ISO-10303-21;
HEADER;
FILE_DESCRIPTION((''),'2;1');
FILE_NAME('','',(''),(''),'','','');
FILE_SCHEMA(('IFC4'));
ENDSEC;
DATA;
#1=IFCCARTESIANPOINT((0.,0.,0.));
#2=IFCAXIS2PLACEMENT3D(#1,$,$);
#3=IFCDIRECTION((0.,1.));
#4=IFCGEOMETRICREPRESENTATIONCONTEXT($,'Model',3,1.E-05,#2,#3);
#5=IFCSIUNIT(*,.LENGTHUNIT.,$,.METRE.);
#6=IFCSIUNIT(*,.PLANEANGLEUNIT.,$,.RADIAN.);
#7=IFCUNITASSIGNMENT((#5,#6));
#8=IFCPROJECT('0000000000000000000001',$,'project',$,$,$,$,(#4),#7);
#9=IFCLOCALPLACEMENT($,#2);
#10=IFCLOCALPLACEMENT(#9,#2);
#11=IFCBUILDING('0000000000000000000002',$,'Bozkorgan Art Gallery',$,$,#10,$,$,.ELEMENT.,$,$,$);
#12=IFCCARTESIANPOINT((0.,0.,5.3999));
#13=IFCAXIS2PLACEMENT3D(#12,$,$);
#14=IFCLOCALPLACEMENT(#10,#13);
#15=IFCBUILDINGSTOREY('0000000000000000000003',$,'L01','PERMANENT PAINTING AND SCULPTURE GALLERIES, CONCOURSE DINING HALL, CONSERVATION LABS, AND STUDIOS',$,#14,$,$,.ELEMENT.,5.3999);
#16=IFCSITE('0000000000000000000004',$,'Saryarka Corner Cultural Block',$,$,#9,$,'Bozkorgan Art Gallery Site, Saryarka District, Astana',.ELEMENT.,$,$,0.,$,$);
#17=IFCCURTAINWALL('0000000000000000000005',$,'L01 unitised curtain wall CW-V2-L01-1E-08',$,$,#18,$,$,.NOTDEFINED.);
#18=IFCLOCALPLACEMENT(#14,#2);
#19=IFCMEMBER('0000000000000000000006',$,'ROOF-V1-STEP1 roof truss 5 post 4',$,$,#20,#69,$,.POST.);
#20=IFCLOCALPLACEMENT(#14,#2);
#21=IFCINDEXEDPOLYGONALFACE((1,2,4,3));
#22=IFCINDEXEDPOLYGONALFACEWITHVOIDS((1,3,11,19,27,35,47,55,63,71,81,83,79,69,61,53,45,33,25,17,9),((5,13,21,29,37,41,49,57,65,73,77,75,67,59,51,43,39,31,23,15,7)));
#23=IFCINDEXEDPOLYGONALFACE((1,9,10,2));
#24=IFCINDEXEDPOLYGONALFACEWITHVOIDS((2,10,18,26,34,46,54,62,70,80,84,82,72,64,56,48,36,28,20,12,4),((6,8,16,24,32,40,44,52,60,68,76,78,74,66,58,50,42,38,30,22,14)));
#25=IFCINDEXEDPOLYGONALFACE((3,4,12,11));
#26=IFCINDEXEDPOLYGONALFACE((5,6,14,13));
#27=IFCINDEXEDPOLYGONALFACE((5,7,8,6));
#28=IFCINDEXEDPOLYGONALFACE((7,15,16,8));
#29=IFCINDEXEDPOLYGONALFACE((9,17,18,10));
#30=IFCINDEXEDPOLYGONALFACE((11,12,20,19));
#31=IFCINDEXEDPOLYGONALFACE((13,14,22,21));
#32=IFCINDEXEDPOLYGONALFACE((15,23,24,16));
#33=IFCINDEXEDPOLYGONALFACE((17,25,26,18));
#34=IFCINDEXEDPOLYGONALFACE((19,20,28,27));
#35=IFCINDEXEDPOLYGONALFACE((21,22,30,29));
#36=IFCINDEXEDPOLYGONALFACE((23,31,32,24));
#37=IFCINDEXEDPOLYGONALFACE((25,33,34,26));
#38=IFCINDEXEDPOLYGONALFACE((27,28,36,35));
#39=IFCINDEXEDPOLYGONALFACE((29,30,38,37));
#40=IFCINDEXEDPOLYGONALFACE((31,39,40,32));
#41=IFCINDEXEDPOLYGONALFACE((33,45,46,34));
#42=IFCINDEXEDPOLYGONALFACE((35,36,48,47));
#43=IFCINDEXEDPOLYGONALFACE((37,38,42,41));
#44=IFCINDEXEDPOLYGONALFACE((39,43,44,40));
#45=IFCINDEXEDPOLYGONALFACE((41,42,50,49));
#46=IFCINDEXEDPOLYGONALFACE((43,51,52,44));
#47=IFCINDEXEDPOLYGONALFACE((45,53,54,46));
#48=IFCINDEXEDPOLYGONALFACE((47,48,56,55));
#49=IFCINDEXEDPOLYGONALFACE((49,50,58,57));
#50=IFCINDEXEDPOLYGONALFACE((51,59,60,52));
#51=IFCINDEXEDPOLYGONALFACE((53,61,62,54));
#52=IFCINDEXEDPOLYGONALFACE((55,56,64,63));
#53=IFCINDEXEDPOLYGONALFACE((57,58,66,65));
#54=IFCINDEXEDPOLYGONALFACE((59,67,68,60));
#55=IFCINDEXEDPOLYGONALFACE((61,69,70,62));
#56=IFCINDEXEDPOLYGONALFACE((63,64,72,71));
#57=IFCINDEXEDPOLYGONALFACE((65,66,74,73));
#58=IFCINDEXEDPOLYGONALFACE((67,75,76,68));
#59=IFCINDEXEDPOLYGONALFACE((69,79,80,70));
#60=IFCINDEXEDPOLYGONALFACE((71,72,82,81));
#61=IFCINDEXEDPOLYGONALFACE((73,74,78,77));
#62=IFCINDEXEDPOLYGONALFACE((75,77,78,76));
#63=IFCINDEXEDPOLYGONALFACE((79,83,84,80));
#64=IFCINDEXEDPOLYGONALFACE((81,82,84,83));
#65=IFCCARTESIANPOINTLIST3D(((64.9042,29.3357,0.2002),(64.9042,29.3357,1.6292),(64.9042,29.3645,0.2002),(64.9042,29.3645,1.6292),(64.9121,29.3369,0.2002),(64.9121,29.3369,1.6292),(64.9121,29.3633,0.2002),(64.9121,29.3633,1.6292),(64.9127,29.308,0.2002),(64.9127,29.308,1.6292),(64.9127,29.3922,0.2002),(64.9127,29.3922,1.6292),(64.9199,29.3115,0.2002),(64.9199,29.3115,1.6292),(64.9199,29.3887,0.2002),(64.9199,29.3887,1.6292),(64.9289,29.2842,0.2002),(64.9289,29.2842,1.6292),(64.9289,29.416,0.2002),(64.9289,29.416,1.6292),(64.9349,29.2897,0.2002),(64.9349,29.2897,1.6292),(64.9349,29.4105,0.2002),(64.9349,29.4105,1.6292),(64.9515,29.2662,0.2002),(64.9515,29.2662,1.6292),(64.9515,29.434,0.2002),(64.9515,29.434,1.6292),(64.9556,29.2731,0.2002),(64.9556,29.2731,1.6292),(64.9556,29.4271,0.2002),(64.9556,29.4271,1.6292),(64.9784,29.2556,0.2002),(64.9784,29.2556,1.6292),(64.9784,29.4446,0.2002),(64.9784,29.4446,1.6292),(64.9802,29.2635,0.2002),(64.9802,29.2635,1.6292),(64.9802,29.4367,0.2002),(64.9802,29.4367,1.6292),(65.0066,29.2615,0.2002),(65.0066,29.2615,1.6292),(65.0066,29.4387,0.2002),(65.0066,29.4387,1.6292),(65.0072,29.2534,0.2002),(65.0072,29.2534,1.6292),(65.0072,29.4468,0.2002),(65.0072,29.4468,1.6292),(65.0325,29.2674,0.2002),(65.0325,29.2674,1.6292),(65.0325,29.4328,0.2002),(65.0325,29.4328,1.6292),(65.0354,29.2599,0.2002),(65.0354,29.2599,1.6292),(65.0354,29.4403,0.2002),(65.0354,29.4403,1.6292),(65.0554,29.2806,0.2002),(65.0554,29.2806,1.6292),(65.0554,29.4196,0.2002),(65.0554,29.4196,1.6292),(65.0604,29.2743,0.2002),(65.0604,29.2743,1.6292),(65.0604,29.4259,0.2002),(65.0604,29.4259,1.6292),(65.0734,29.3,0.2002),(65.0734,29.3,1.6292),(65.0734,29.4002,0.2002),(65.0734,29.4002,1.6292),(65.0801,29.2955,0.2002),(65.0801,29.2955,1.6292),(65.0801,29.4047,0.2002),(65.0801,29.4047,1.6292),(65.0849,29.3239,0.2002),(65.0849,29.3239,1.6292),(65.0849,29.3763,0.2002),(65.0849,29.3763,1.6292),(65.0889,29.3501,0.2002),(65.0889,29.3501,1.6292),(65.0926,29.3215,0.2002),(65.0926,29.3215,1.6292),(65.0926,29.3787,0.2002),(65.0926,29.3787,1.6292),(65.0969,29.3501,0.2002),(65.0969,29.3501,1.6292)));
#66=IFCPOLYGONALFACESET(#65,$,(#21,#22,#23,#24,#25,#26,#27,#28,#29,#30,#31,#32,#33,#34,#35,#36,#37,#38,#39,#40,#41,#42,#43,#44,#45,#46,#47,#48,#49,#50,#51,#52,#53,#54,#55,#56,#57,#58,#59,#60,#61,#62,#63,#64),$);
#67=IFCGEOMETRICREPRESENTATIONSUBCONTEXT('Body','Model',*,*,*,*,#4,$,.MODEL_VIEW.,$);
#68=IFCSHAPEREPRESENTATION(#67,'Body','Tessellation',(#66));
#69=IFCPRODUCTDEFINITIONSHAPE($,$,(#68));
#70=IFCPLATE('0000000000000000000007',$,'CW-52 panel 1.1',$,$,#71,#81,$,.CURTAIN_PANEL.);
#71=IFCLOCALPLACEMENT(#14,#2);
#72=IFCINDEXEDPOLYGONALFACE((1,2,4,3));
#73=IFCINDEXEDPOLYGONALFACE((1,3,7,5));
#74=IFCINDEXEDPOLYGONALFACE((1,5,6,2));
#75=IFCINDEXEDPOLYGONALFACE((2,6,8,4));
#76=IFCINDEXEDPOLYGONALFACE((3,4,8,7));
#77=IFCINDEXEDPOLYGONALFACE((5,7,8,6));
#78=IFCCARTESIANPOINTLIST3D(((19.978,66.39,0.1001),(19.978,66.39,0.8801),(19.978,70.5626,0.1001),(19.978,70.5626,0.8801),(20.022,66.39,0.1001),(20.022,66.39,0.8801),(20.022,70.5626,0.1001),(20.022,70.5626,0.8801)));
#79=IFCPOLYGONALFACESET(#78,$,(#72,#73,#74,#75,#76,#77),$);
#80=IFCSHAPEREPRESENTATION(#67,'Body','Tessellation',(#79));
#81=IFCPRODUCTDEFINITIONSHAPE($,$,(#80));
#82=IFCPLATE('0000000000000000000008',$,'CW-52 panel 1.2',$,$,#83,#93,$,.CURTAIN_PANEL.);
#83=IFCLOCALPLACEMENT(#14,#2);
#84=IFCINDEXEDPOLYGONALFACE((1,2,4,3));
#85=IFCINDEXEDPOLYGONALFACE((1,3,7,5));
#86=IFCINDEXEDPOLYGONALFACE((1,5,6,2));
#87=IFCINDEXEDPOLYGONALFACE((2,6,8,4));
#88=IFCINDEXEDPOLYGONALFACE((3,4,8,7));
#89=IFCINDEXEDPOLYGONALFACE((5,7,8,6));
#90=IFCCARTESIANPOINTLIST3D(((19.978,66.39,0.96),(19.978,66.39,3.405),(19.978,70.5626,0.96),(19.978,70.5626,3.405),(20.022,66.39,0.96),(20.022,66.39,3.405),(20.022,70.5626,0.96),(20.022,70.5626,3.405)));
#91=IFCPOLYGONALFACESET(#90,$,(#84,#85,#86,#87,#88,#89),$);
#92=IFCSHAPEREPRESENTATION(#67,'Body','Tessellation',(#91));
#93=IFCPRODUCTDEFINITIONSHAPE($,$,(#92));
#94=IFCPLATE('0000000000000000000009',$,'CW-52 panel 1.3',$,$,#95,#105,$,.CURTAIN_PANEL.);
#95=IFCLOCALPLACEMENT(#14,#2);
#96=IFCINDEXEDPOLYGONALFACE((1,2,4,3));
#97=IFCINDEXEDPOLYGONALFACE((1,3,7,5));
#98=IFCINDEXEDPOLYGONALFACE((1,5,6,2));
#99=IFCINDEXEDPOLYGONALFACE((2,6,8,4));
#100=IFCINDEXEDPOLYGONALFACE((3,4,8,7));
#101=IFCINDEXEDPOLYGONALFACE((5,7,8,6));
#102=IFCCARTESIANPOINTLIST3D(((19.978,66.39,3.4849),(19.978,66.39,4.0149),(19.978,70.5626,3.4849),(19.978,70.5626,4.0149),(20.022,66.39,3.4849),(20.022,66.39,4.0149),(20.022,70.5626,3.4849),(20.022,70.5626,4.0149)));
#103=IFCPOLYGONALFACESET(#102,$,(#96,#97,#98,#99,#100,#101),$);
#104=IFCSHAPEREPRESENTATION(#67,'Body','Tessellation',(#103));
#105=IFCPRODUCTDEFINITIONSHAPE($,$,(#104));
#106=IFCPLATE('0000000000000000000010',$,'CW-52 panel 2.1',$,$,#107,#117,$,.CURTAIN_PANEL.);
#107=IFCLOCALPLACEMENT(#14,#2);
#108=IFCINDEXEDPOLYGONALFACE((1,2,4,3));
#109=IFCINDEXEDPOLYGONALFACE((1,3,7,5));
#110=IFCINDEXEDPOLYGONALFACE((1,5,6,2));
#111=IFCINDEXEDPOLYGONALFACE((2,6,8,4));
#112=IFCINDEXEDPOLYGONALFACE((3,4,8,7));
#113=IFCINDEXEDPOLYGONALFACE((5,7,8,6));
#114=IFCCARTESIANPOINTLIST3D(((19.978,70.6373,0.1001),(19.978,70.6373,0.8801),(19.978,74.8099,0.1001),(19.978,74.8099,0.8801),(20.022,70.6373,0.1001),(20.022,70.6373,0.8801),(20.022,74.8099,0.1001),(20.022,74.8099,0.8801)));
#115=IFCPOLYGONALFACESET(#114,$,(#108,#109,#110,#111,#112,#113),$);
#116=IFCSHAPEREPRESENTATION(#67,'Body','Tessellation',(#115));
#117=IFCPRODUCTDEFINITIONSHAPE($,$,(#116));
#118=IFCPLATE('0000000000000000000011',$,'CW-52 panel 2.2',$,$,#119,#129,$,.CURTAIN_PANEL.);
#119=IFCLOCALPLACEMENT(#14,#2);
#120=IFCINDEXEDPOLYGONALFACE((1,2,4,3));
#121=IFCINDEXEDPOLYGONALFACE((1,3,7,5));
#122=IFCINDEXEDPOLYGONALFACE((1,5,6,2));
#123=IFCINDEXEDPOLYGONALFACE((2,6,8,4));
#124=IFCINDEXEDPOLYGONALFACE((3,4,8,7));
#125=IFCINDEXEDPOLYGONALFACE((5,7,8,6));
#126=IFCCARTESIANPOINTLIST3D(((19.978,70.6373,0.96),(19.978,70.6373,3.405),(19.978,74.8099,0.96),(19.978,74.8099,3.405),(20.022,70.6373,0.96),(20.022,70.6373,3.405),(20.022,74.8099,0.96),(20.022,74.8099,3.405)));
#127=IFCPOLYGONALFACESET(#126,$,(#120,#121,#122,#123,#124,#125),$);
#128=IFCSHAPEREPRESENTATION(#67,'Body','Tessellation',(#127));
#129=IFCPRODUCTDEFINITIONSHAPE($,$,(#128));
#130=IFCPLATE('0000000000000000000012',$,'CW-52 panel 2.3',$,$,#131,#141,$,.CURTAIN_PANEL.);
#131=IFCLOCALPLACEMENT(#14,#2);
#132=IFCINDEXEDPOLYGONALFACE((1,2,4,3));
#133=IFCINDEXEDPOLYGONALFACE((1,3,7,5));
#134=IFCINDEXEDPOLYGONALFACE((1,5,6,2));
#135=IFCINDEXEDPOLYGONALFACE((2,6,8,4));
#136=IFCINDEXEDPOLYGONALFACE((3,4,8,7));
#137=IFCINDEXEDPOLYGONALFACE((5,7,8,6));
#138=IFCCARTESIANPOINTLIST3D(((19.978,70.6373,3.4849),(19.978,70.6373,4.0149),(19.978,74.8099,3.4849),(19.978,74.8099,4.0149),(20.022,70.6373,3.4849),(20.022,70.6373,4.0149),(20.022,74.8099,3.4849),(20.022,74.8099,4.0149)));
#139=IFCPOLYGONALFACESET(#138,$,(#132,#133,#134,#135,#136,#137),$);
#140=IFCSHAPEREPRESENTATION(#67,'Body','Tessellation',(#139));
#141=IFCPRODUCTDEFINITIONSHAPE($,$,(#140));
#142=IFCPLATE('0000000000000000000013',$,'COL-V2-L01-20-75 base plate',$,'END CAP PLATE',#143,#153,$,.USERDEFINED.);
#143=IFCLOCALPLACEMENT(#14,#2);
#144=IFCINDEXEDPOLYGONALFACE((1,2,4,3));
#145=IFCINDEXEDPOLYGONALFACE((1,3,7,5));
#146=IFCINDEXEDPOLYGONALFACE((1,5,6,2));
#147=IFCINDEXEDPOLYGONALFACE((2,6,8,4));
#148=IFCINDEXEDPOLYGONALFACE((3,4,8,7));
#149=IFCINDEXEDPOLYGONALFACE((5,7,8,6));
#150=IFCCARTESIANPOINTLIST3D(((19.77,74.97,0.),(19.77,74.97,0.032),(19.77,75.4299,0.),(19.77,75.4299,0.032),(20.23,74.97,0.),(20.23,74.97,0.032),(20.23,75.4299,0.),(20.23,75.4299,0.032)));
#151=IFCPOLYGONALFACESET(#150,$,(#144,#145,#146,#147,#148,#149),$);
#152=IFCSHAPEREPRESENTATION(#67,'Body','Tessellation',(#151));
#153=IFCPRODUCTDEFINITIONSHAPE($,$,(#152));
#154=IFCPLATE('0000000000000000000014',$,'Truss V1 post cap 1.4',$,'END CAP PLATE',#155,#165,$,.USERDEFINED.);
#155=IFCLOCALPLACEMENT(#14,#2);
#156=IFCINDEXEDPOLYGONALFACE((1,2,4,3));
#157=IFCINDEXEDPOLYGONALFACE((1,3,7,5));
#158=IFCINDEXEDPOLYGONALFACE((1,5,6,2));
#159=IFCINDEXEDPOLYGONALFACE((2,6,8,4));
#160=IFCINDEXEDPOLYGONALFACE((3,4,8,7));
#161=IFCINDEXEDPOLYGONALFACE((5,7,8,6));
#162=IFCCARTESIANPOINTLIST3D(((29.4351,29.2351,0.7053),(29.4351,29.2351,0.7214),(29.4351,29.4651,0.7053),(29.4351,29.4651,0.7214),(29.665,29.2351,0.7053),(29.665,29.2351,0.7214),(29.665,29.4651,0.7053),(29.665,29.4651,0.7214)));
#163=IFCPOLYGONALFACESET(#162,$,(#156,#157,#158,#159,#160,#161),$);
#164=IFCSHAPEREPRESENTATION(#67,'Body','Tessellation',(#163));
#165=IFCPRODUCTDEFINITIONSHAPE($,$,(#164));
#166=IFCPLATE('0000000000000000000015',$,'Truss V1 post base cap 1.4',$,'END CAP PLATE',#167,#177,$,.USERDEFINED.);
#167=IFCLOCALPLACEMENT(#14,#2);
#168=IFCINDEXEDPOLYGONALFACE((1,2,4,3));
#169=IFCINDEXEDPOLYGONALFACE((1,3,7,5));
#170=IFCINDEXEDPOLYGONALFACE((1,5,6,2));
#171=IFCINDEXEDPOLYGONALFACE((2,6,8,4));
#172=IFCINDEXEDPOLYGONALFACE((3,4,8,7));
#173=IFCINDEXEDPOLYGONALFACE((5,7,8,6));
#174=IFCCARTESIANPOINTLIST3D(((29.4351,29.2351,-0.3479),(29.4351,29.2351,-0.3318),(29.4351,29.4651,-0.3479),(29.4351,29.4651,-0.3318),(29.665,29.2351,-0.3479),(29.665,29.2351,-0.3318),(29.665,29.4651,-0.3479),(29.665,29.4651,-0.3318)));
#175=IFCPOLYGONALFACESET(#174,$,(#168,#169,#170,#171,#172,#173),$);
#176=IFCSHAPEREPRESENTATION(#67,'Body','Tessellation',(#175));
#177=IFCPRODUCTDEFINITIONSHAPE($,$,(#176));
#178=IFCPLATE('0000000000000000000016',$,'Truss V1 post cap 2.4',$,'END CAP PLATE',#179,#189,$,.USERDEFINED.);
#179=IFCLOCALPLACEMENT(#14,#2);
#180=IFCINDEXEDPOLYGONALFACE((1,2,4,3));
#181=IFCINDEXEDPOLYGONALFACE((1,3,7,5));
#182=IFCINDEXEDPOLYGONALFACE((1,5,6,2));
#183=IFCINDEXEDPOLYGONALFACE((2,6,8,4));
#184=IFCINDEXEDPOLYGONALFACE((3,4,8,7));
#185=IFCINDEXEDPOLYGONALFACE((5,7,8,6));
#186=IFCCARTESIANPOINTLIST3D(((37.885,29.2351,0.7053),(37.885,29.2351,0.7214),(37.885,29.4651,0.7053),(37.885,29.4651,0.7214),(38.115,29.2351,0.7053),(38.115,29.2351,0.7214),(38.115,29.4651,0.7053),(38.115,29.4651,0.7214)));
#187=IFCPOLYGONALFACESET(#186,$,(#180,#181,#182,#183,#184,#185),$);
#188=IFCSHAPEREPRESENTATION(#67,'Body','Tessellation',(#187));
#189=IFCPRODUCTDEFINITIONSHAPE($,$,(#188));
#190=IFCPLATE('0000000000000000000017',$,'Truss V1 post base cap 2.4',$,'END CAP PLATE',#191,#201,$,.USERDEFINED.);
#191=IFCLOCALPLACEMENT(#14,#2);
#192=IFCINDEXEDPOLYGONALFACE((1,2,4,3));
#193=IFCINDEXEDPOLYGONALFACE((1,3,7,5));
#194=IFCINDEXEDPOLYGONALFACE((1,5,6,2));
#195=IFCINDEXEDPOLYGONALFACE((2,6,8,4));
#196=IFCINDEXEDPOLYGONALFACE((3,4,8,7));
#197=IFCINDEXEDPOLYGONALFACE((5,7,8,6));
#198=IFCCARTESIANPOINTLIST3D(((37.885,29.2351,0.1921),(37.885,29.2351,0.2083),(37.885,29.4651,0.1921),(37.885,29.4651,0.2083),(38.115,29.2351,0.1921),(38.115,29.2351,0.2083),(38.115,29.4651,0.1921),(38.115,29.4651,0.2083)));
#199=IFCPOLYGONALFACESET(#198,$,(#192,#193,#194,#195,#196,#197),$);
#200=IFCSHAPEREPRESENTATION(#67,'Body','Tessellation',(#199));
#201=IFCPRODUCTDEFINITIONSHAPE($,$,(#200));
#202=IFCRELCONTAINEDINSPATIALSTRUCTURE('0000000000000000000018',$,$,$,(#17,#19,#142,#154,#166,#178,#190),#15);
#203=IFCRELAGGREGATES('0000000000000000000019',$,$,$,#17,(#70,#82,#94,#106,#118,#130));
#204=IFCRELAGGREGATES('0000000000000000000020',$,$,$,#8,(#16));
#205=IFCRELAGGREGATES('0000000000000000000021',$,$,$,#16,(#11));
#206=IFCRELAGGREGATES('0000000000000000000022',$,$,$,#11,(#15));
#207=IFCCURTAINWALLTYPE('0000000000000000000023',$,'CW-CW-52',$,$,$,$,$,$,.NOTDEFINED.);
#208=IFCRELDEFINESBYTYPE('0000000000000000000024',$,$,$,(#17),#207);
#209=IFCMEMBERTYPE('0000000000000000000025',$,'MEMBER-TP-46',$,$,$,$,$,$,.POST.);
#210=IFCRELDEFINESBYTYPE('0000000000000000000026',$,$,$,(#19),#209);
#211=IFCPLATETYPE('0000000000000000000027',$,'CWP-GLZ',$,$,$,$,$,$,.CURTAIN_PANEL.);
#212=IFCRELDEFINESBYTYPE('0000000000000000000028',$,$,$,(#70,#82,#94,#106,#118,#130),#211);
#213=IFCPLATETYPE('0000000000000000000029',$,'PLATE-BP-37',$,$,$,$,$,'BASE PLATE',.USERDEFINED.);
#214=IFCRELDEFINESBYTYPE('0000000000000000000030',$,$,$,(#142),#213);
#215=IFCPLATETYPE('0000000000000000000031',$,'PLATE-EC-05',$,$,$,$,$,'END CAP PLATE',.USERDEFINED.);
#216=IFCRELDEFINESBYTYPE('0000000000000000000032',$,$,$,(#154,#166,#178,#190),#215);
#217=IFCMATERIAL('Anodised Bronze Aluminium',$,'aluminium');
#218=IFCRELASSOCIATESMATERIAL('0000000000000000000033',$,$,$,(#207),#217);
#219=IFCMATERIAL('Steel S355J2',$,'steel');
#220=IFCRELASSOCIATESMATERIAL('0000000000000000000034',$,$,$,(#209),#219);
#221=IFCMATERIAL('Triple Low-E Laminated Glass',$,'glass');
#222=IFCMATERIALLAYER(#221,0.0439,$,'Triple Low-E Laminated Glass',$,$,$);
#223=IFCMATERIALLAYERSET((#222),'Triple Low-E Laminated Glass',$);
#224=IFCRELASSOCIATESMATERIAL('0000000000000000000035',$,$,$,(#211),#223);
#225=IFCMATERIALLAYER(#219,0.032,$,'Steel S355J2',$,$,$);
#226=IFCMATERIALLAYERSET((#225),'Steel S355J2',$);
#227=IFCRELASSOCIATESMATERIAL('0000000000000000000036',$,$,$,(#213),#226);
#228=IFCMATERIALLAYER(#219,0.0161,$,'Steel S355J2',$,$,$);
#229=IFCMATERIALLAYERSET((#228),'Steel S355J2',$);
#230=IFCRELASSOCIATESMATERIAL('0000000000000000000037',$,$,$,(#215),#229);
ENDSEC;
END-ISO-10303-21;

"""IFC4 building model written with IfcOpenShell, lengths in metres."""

from ifc_helpers import new_model, si_unit, direction, frame, origin, origin_2d, place, context, subcontext, project, spatial, rectangle, hollow_circle, extrude, material, layer, layer_set, material_profile, profile_set, type_object, element, aggregate, save


model = new_model("IFC4")

# Units and contexts
model_context = context("Model", 3, precision=1e-05, world=origin(), true_north=direction((0.0, 1.0)))
body_context = subcontext(model_context, "Body", "Model", "MODEL_VIEW")
ifc_project = project(units=[si_unit("LENGTHUNIT", "METRE"), si_unit("PLANEANGLEUNIT", "RADIAN")], contexts=[model_context])

# Site, building, storey
site_placement = place(None, origin())
site = spatial("IfcSite", under=ifc_project, at=site_placement, Name="Saryarka Corner Cultural Block", LongName="Bozkorgan Art Gallery Site, Saryarka District, Astana", CompositionType="ELEMENT", RefElevation=0.0)
building_placement = place(site_placement, origin())
building = spatial("IfcBuilding", under=site, at=building_placement, Name="Bozkorgan Art Gallery", CompositionType="ELEMENT")
storey_placement = place(building_placement, frame((0.0, 0.0, 5.3999)))
storey = spatial("IfcBuildingStorey", under=building, at=storey_placement, Name="L01", Description="PERMANENT PAINTING AND SCULPTURE GALLERIES, CONCOURSE DINING HALL, CONSERVATION LABS, AND STUDIOS", CompositionType="ELEMENT", Elevation=5.3999)

# Shared definitions
ifc_material_1 = material(Name="Steel S355J2", Category="steel")

# Curtain wall
ifc_material_2 = material(Name="Anodised Bronze Aluminium", Category="aluminium")
curtain_wall_type = type_object("IfcCurtainWallType", Name="CW-CW-52", PredefinedType="NOTDEFINED", material=ifc_material_2)
curtain_wall_placement = place(storey_placement, origin())
curtain_wall = element("IfcCurtainWall", 1, at=curtain_wall_placement, inside=storey, type_object=curtain_wall_type, Name="L01 unitised curtain wall CW-V2-L01-1E-08", PredefinedType="NOTDEFINED")

# Member
ifc_material_profile_1 = material_profile(ifc_material_1, hollow_circle(Radius=0.0969, WallThickness=0.0081, at=origin_2d()), Name="CHS 193.7x8")
ifc_profile_set_1 = profile_set([ifc_material_profile_1], Name="Steel S355J2")
member_type_1 = type_object("IfcMemberType", Name="MEMBER-TP-46", PredefinedType="POST", material=ifc_profile_set_1)
member_1_placement = place(storey_placement, frame((65.0, 29.3501, 0.2002), z_axis=(0.0, 0.0, 1.0), x_axis=(1.0, 0.0, 0.0)))
element("IfcMember", 2, at=member_1_placement, inside=storey, type_object=member_type_1, Name="ROOF-V1-STEP1 roof truss 5 post 4", PredefinedType="POST", context=body_context, shape_type="SweptSolid", body=[
    extrude(hollow_circle(Radius=0.0969, WallThickness=0.0081, at=origin_2d()), origin(), (0.0, 0.0, 1.0), 1.429),
])

# Plates
ifc_material_3 = material(Name="Triple Low-E Laminated Glass", Category="glass")
ifc_layer_1 = layer(ifc_material_3, 0.0439, Name="Triple Low-E Laminated Glass")
ifc_layer_set_1 = layer_set([ifc_layer_1], Name="Triple Low-E Laminated Glass")
plate_type_1 = type_object("IfcPlateType", Name="CWP-GLZ", PredefinedType="CURTAIN_PANEL", material=ifc_layer_set_1)
plate_1_placement = place(storey_placement, frame((20.0, 68.4763, 0.1001), z_axis=(0.0, 0.0, 1.0), x_axis=(0.0, 1.0, 0.0)))
plate_1 = element("IfcPlate", 3, at=plate_1_placement, type_object=plate_type_1, Name="CW-52 panel 1.1", PredefinedType="CURTAIN_PANEL", context=body_context, shape_type="SweptSolid", body=[
    extrude(rectangle(XDim=4.1726, YDim=0.0439, at=origin_2d()), origin(), (0.0, 0.0, 1.0), 0.78),
])
plate_2_placement = place(storey_placement, frame((20.0, 68.4763, 0.96), z_axis=(0.0, 0.0, 1.0), x_axis=(0.0, 1.0, 0.0)))
plate_2 = element("IfcPlate", 4, at=plate_2_placement, type_object=plate_type_1, Name="CW-52 panel 1.2", PredefinedType="CURTAIN_PANEL", context=body_context, shape_type="SweptSolid", body=[
    extrude(rectangle(XDim=4.1726, YDim=0.0439, at=origin_2d()), origin(), (0.0, 0.0, 1.0), 2.4451),
])
plate_3_placement = place(storey_placement, frame((20.0, 68.4763, 3.4849), z_axis=(0.0, 0.0, 1.0), x_axis=(0.0, 1.0, 0.0)))
plate_3 = element("IfcPlate", 5, at=plate_3_placement, type_object=plate_type_1, Name="CW-52 panel 1.3", PredefinedType="CURTAIN_PANEL", context=body_context, shape_type="SweptSolid", body=[
    extrude(rectangle(XDim=4.1726, YDim=0.0439, at=origin_2d()), origin(), (0.0, 0.0, 1.0), 0.53),
])
plate_4_placement = place(storey_placement, frame((20.0, 72.7236, 0.1001), z_axis=(0.0, 0.0, 1.0), x_axis=(0.0, 1.0, 0.0)))
plate_4 = element("IfcPlate", 6, at=plate_4_placement, type_object=plate_type_1, Name="CW-52 panel 2.1", PredefinedType="CURTAIN_PANEL", context=body_context, shape_type="SweptSolid", body=[
    extrude(rectangle(XDim=4.1726, YDim=0.0439, at=origin_2d()), origin(), (0.0, 0.0, 1.0), 0.78),
])
plate_5_placement = place(storey_placement, frame((20.0, 72.7236, 0.96), z_axis=(0.0, 0.0, 1.0), x_axis=(0.0, 1.0, 0.0)))
plate_5 = element("IfcPlate", 7, at=plate_5_placement, type_object=plate_type_1, Name="CW-52 panel 2.2", PredefinedType="CURTAIN_PANEL", context=body_context, shape_type="SweptSolid", body=[
    extrude(rectangle(XDim=4.1726, YDim=0.0439, at=origin_2d()), origin(), (0.0, 0.0, 1.0), 2.4451),
])
plate_6_placement = place(storey_placement, frame((20.0, 72.7236, 3.4849), z_axis=(0.0, 0.0, 1.0), x_axis=(0.0, 1.0, 0.0)))
plate_6 = element("IfcPlate", 8, at=plate_6_placement, type_object=plate_type_1, Name="CW-52 panel 2.3", PredefinedType="CURTAIN_PANEL", context=body_context, shape_type="SweptSolid", body=[
    extrude(rectangle(XDim=4.1726, YDim=0.0439, at=origin_2d()), origin(), (0.0, 0.0, 1.0), 0.53),
])
aggregate(curtain_wall, [plate_1, plate_2, plate_3, plate_4, plate_5, plate_6])

# Plates
ifc_layer_2 = layer(ifc_material_1, 0.032, Name="Steel S355J2")
ifc_layer_set_2 = layer_set([ifc_layer_2], Name="Steel S355J2")
plate_type_2 = type_object("IfcPlateType", Name="PLATE-BP-37", ElementType="BASE PLATE", PredefinedType="USERDEFINED", material=ifc_layer_set_2)
plate_7_placement = place(storey_placement, frame((20.0, 75.2, 0.0), z_axis=(0.0, 0.0, 1.0), x_axis=(1.0, 0.0, 0.0)))
element("IfcPlate", 9, at=plate_7_placement, inside=storey, type_object=plate_type_2, Name="COL-V2-L01-20-75 base plate", ObjectType="END CAP PLATE", PredefinedType="USERDEFINED", context=body_context, shape_type="SweptSolid", body=[
    extrude(rectangle(XDim=0.46, YDim=0.46, at=origin_2d()), origin(), (0.0, 0.0, 1.0), 0.032),
])
ifc_layer_3 = layer(ifc_material_1, 0.0161, Name="Steel S355J2")
ifc_layer_set_3 = layer_set([ifc_layer_3], Name="Steel S355J2")
plate_type_3 = type_object("IfcPlateType", Name="PLATE-EC-05", ElementType="END CAP PLATE", PredefinedType="USERDEFINED", material=ifc_layer_set_3)
for number, where, z_axis, x_axis, name in (
    (10, (29.55, 29.3501, 0.7053), (0.0, 0.0, 1.0), (1.0, 0.0, 0.0), "Truss V1 post cap 1.4"),
    (11, (29.55, 29.3501, -0.3479), (0.0, 0.0, 1.0), (1.0, 0.0, 0.0), "Truss V1 post base cap 1.4"),
    (12, (38.0, 29.3501, 0.7053), (0.0, 0.0, 1.0), (1.0, 0.0, 0.0), "Truss V1 post cap 2.4"),
    (13, (38.0, 29.3501, 0.1921), (0.0, 0.0, 1.0), (1.0, 0.0, 0.0), "Truss V1 post base cap 2.4"),
):
    element("IfcPlate", number, at=place(storey_placement, frame(where, z_axis=z_axis, x_axis=x_axis)), inside=storey, type_object=plate_type_3, Name=name, ObjectType="END CAP PLATE", PredefinedType="USERDEFINED", context=body_context, shape_type="SweptSolid", body=[
        extrude(rectangle(XDim=0.23, YDim=0.23, at=origin_2d()), origin(), (0.0, 0.0, 1.0), 0.0161),
    ])

save(model, "model.ifc")
